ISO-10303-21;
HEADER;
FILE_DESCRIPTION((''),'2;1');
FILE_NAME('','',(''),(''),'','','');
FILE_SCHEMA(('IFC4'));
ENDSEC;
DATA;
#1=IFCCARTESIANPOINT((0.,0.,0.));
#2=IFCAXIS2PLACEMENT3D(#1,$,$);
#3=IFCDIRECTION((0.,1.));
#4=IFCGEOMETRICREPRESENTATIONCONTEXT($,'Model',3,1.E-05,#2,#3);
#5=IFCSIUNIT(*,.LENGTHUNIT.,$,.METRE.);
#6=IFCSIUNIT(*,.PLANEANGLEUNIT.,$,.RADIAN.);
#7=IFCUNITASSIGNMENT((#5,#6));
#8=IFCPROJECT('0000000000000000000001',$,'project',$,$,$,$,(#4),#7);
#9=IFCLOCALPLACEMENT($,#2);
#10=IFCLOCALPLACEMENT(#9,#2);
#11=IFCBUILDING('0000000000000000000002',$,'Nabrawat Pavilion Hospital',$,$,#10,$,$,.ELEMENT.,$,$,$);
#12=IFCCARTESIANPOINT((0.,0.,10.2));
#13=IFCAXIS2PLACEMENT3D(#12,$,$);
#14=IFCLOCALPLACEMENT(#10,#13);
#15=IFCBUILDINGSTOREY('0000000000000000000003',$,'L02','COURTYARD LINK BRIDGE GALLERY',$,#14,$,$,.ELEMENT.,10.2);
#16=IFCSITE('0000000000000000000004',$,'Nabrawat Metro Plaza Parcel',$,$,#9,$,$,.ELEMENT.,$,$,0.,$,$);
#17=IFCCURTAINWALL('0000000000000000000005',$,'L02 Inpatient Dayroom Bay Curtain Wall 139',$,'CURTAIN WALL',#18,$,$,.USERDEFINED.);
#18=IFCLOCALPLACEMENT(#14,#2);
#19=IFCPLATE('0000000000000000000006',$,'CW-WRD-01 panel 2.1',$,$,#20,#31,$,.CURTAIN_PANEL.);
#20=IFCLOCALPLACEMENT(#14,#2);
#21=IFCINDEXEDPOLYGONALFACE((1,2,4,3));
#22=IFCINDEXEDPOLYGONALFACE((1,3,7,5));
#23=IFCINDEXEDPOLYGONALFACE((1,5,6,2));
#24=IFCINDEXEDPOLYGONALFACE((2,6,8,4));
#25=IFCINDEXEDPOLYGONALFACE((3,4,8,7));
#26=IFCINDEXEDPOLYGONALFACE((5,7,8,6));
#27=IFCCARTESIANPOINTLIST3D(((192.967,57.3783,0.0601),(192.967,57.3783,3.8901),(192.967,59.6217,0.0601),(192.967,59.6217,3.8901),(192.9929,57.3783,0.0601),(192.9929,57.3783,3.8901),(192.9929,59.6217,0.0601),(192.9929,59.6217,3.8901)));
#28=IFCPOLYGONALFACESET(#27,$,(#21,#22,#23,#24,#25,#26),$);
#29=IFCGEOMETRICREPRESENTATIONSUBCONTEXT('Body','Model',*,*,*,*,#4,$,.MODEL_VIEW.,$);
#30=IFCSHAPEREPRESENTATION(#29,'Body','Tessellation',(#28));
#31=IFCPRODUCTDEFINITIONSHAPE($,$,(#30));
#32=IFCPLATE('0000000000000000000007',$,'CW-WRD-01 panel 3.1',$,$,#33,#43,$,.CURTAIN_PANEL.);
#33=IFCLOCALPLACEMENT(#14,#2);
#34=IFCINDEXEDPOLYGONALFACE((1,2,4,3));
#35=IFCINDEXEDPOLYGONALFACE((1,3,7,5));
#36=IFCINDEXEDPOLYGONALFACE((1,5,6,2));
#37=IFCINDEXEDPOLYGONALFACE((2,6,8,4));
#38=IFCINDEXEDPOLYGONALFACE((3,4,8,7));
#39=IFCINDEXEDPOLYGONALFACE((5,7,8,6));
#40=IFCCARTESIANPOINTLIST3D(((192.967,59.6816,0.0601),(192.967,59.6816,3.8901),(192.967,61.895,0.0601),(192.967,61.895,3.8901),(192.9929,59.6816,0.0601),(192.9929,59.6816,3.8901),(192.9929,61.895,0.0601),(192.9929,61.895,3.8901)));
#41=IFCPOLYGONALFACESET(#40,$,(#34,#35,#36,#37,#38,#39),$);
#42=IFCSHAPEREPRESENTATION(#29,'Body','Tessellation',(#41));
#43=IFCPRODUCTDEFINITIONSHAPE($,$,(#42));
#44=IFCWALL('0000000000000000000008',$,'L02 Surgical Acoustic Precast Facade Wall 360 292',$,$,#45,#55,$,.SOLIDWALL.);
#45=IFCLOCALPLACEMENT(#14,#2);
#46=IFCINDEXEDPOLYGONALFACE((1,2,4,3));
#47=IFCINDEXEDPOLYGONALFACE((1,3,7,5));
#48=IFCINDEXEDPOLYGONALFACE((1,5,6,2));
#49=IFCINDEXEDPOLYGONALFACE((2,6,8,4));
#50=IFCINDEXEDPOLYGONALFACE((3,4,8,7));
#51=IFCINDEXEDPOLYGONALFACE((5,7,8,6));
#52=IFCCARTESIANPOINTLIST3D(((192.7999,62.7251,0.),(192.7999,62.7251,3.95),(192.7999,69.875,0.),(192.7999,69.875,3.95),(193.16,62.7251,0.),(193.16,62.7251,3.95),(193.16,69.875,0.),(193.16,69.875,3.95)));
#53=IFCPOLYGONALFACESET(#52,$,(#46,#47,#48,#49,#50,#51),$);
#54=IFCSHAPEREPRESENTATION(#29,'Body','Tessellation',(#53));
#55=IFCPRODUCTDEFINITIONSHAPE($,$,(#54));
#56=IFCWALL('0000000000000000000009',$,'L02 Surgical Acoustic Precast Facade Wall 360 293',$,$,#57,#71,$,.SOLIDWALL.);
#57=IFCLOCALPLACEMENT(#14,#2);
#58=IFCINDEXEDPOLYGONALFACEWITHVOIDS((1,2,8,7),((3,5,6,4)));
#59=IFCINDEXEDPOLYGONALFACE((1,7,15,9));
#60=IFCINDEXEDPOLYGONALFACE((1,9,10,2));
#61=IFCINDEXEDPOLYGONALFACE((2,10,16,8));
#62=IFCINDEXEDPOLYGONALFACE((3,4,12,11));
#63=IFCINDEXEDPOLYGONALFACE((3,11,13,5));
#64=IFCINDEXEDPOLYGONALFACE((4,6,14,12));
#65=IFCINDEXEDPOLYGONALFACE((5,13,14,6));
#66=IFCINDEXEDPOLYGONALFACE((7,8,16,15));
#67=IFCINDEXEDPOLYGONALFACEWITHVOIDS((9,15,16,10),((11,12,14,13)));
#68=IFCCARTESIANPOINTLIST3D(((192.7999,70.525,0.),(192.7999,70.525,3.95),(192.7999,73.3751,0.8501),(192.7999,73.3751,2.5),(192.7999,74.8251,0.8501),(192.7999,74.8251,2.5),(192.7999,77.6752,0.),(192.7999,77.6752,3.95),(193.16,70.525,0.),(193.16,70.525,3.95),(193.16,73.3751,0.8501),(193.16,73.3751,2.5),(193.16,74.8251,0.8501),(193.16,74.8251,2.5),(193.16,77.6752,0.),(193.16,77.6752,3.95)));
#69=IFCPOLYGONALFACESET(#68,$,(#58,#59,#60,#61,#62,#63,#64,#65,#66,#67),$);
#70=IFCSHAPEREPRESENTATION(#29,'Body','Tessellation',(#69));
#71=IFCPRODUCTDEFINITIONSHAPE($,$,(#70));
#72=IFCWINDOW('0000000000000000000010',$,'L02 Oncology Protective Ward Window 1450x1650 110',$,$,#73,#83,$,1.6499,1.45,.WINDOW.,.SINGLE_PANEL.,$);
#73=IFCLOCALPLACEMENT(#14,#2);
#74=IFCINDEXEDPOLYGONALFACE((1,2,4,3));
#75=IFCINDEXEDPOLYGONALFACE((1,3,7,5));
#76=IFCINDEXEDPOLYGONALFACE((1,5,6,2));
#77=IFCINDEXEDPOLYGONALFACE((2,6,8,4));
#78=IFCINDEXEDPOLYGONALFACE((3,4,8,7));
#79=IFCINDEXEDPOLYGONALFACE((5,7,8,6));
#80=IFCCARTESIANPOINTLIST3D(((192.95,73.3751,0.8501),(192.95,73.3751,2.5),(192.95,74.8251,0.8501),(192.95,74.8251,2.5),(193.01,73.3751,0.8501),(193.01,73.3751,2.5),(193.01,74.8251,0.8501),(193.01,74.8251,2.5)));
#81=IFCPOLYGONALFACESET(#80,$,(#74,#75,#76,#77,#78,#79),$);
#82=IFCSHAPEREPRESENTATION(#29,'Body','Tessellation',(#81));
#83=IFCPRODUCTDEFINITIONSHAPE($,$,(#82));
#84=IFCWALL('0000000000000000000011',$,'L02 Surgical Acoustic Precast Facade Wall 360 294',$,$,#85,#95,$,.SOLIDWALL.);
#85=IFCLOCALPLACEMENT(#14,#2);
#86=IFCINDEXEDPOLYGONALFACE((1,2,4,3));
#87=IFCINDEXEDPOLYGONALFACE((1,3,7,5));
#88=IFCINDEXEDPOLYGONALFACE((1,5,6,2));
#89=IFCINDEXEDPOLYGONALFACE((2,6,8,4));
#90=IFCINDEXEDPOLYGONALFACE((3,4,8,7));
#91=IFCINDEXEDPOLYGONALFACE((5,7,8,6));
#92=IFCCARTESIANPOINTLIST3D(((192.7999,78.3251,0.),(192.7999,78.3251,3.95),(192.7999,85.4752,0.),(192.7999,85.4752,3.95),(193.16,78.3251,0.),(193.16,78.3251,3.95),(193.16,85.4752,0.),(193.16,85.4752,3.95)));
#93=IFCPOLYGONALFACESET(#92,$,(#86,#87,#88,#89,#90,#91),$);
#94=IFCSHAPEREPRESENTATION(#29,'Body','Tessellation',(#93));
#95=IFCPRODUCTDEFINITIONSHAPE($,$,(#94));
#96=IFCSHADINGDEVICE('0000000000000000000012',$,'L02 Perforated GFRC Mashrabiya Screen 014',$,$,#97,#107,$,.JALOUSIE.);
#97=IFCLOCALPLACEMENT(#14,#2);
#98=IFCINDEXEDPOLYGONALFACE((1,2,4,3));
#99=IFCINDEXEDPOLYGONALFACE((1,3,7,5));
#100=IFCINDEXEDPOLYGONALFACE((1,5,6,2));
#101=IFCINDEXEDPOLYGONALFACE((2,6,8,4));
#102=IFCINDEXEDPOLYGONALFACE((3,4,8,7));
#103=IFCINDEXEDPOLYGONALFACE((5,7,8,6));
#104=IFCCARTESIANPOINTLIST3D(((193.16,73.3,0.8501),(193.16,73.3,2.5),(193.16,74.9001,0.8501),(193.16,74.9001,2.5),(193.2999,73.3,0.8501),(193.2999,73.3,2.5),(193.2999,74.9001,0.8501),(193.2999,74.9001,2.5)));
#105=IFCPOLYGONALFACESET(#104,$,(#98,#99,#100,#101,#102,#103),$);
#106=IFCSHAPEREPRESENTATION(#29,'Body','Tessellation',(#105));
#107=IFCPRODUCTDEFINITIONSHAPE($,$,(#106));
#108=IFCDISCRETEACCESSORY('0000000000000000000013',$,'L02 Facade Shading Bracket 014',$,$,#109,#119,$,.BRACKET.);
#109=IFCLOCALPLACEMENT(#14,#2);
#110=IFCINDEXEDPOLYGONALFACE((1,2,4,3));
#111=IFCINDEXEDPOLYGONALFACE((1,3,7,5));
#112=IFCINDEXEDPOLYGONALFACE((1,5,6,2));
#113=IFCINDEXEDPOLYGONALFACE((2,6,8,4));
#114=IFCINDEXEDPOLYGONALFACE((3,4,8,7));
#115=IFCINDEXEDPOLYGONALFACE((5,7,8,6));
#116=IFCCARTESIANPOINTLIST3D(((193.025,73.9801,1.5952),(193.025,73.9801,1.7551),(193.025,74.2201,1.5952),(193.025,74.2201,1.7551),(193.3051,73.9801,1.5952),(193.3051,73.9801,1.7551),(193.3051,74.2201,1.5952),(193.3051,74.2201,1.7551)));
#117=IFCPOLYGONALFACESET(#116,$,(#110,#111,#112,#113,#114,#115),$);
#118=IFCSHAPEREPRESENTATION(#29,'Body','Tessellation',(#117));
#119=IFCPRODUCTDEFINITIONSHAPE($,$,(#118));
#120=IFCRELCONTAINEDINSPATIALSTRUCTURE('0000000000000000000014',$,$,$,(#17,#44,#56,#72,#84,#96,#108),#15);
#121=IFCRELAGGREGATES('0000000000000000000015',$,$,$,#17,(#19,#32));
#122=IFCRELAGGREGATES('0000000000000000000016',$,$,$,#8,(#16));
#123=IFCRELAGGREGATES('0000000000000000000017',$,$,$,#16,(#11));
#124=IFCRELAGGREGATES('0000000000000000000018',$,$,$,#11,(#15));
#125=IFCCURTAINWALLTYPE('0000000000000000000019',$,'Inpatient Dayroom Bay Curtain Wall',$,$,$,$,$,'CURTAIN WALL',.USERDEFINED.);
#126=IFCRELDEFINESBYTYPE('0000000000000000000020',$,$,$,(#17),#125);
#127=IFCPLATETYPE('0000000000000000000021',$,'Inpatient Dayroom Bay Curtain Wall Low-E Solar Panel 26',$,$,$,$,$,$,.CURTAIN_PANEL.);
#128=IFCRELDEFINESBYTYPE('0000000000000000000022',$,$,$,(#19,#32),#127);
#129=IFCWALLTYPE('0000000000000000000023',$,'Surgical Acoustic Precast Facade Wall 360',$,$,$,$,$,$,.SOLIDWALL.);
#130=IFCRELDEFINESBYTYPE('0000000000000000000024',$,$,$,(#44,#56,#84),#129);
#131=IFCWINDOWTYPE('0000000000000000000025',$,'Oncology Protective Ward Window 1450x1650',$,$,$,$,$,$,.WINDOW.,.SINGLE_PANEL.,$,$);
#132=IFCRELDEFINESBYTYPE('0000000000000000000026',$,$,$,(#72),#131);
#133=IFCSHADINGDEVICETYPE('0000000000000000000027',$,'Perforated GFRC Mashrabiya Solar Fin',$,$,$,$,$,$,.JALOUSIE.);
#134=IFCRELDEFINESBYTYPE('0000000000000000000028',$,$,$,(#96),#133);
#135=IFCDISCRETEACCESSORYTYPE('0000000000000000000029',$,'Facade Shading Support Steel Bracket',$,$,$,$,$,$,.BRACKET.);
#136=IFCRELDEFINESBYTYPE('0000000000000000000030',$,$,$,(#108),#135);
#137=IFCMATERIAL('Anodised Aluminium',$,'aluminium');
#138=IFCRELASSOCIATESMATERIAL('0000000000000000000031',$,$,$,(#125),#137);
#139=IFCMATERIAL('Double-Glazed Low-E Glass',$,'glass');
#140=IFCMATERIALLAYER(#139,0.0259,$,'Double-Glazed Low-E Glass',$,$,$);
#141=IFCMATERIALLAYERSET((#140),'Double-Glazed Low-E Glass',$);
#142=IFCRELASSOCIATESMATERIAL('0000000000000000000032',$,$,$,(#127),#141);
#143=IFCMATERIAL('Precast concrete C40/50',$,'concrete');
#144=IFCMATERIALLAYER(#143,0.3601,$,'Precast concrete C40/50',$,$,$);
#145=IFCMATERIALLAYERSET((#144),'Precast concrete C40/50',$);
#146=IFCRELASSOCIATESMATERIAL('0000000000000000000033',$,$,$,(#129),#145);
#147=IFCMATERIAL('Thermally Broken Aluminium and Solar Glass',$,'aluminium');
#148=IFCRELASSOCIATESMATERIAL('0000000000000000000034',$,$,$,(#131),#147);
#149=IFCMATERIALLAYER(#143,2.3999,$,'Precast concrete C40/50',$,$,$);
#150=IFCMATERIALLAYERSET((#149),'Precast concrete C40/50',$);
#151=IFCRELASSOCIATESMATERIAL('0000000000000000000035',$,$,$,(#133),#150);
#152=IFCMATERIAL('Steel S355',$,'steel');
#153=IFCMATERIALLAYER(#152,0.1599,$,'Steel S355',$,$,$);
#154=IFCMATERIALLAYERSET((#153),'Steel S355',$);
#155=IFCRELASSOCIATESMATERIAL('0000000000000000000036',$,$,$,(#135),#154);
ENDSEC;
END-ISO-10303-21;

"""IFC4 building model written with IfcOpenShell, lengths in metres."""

from ifc_helpers import new_model, si_unit, direction, frame, frame_2d, origin, origin_2d, place, context, subcontext, project, spatial, rectangle, extrude, material, layer, layer_set, type_object, element, fill, aggregate, save


model = new_model("IFC4")

# Units and contexts
model_context = context("Model", 3, precision=1e-05, world=origin(), true_north=direction((0.0, 1.0)))
body_context = subcontext(model_context, "Body", "Model", "MODEL_VIEW")
ifc_project = project(units=[si_unit("LENGTHUNIT", "METRE"), si_unit("PLANEANGLEUNIT", "RADIAN")], contexts=[model_context])

# Site, building, storey
site_placement = place(None, origin())
site = spatial("IfcSite", under=ifc_project, at=site_placement, Name="Nabrawat Metro Plaza Parcel", CompositionType="ELEMENT", RefElevation=0.0)
building_placement = place(site_placement, origin())
building = spatial("IfcBuilding", under=site, at=building_placement, Name="Nabrawat Pavilion Hospital", CompositionType="ELEMENT")
storey_placement = place(building_placement, frame((0.0, 0.0, 10.2)))
storey = spatial("IfcBuildingStorey", under=building, at=storey_placement, Name="L02", Description="COURTYARD LINK BRIDGE GALLERY", CompositionType="ELEMENT", Elevation=10.2)

# Shared definitions
ifc_material_1 = material(Name="Steel S355", Category="steel")

# Curtain wall
ifc_material_2 = material(Name="Anodised Aluminium", Category="aluminium")
curtain_wall_type = type_object("IfcCurtainWallType", Name="Inpatient Dayroom Bay Curtain Wall", ElementType="CURTAIN WALL", PredefinedType="USERDEFINED", material=ifc_material_2)
curtain_wall_placement = place(storey_placement, origin())
curtain_wall = element("IfcCurtainWall", 1, at=curtain_wall_placement, inside=storey, type_object=curtain_wall_type, Name="L02 Inpatient Dayroom Bay Curtain Wall 139", ObjectType="CURTAIN WALL", PredefinedType="USERDEFINED")

# Plates
ifc_material_3 = material(Name="Double-Glazed Low-E Glass", Category="glass")
ifc_layer_1 = layer(ifc_material_3, 0.0259, Name="Double-Glazed Low-E Glass")
ifc_layer_set_1 = layer_set([ifc_layer_1], Name="Double-Glazed Low-E Glass")
plate_type = type_object("IfcPlateType", Name="Inpatient Dayroom Bay Curtain Wall Low-E Solar Panel 26", PredefinedType="CURTAIN_PANEL", material=ifc_layer_set_1)
plate_1_placement = place(storey_placement, frame((192.98, 58.5, 0.0601), z_axis=(0.0, 0.0, 1.0), x_axis=(0.0, 1.0, 0.0)))
plate_1 = element("IfcPlate", 2, at=plate_1_placement, type_object=plate_type, Name="CW-WRD-01 panel 2.1", PredefinedType="CURTAIN_PANEL", context=body_context, shape_type="SweptSolid", body=[
    extrude(rectangle(XDim=2.2434, YDim=0.0259, at=origin_2d()), origin(), (0.0, 0.0, 1.0), 3.8301),
])
plate_2_placement = place(storey_placement, frame((192.98, 60.7883, 0.0601), z_axis=(0.0, 0.0, 1.0), x_axis=(0.0, 1.0, 0.0)))
plate_2 = element("IfcPlate", 3, at=plate_2_placement, type_object=plate_type, Name="CW-WRD-01 panel 3.1", PredefinedType="CURTAIN_PANEL", context=body_context, shape_type="SweptSolid", body=[
    extrude(rectangle(XDim=2.2134, YDim=0.0259, at=origin_2d()), origin(), (0.0, 0.0, 1.0), 3.8301),
])
aggregate(curtain_wall, [plate_1, plate_2])

# Wall
ifc_material_4 = material(Name="Precast concrete C40/50", Category="concrete")
ifc_layer_2 = layer(ifc_material_4, 0.3601, Name="Precast concrete C40/50")
ifc_layer_set_2 = layer_set([ifc_layer_2], Name="Precast concrete C40/50")
wall_type = type_object("IfcWallType", Name="Surgical Acoustic Precast Facade Wall 360", PredefinedType="SOLIDWALL", material=ifc_layer_set_2)
wall_1_placement = place(storey_placement, frame((192.98, 62.7251, 0.0), z_axis=(0.0, 0.0, 1.0), x_axis=(0.0, 1.0, 0.0)))
element("IfcWall", 4, at=wall_1_placement, inside=storey, type_object=wall_type, Name="L02 Surgical Acoustic Precast Facade Wall 360 292", PredefinedType="SOLIDWALL", context=body_context, shape_type="SweptSolid", body=[
    extrude(rectangle(XDim=7.1499, YDim=0.3601, at=frame_2d((3.575, 0.0))), origin(), (0.0, 0.0, 1.0), 3.95),
])

# Wall, opening, window
wall_2_placement = place(storey_placement, frame((192.98, 70.5249, 0.0), z_axis=(0.0, 0.0, 1.0), x_axis=(0.0, 1.0, 0.0)))
wall_2 = element("IfcWall", 5, at=wall_2_placement, inside=storey, type_object=wall_type, Name="L02 Surgical Acoustic Precast Facade Wall 360 293", PredefinedType="SOLIDWALL", context=body_context, shape_type="SweptSolid", body=[
    extrude(rectangle(XDim=7.1501, YDim=0.3601, at=frame_2d((3.5752, 0.0))), origin(), (0.0, 0.0, 1.0), 3.95),
])
opening_placement = place(wall_2_placement, frame((2.8501, 0.0, 0.8501)))
opening = element("IfcOpeningElement", 6, at=opening_placement, cuts=wall_2, PredefinedType="OPENING", context=body_context, shape_type="SweptSolid", body=[
    extrude(rectangle(XDim=1.45, YDim=1.6499, at=frame_2d((0.7251, 0.825))), frame((0.0, 0.1899, 0.0), z_axis=(0.0, -1.0, 0.0), x_axis=(1.0, 0.0, 0.0)), (0.0, 0.0, 1.0), 0.3801),
])
ifc_material_5 = material(Name="Thermally Broken Aluminium and Solar Glass", Category="aluminium")
window_type = type_object("IfcWindowType", Name="Oncology Protective Ward Window 1450x1650", PartitioningType="SINGLE_PANEL", PredefinedType="WINDOW", material=ifc_material_5)
window_placement = place(opening_placement, origin())
window = element("IfcWindow", 7, at=window_placement, inside=storey, type_object=window_type, Name="L02 Oncology Protective Ward Window 1450x1650 110", OverallHeight=1.6499, OverallWidth=1.45, PartitioningType="SINGLE_PANEL", PredefinedType="WINDOW", context=body_context, shape_type="SweptSolid", body=[
    extrude(rectangle(XDim=1.45, YDim=1.6499, at=frame_2d((0.7251, 0.825))), frame((0.0, 0.03, 0.0), z_axis=(0.0, -1.0, 0.0), x_axis=(1.0, 0.0, 0.0)), (0.0, 0.0, 1.0), 0.0601),
])
fill(opening, window)

# Wall
wall_3_placement = place(storey_placement, frame((192.98, 78.325, 0.0), z_axis=(0.0, 0.0, 1.0), x_axis=(0.0, 1.0, 0.0)))
element("IfcWall", 8, at=wall_3_placement, inside=storey, type_object=wall_type, Name="L02 Surgical Acoustic Precast Facade Wall 360 294", PredefinedType="SOLIDWALL", context=body_context, shape_type="SweptSolid", body=[
    extrude(rectangle(XDim=7.1501, YDim=0.3601, at=frame_2d((3.5752, 0.0))), origin(), (0.0, 0.0, 1.0), 3.95),
])

# Shading device
ifc_layer_3 = layer(ifc_material_4, 2.3999, Name="Precast concrete C40/50")
ifc_layer_set_3 = layer_set([ifc_layer_3], Name="Precast concrete C40/50")
shading_device_type = type_object("IfcShadingDeviceType", Name="Perforated GFRC Mashrabiya Solar Fin", PredefinedType="JALOUSIE", material=ifc_layer_set_3)
shading_device_placement = place(storey_placement, frame((193.23, 74.1001, 0.8501), z_axis=(0.0, 0.0, 1.0), x_axis=(0.0, 1.0, 0.0)))
element("IfcShadingDevice", 9, at=shading_device_placement, inside=storey, type_object=shading_device_type, Name="L02 Perforated GFRC Mashrabiya Screen 014", PredefinedType="JALOUSIE", context=body_context, shape_type="SweptSolid", body=[
    extrude(rectangle(XDim=1.6001, YDim=0.1399, at=origin_2d()), origin(), (0.0, 0.0, 1.0), 1.6499),
])

# Discrete accessory
ifc_layer_4 = layer(ifc_material_1, 0.1599, Name="Steel S355")
ifc_layer_set_4 = layer_set([ifc_layer_4], Name="Steel S355")
discrete_accessory_type = type_object("IfcDiscreteAccessoryType", Name="Facade Shading Support Steel Bracket", PredefinedType="BRACKET", material=ifc_layer_set_4)
discrete_accessory_placement = place(storey_placement, frame((193.165, 74.1001, 1.5952), z_axis=(0.0, 0.0, 1.0), x_axis=(0.0, 1.0, 0.0)))
element("IfcDiscreteAccessory", 10, at=discrete_accessory_placement, inside=storey, type_object=discrete_accessory_type, Name="L02 Facade Shading Bracket 014", PredefinedType="BRACKET", context=body_context, shape_type="SweptSolid", body=[
    extrude(rectangle(XDim=0.24, YDim=0.28, at=origin_2d()), origin(), (0.0, 0.0, 1.0), 0.1599),
])

save(model, "model.ifc")
